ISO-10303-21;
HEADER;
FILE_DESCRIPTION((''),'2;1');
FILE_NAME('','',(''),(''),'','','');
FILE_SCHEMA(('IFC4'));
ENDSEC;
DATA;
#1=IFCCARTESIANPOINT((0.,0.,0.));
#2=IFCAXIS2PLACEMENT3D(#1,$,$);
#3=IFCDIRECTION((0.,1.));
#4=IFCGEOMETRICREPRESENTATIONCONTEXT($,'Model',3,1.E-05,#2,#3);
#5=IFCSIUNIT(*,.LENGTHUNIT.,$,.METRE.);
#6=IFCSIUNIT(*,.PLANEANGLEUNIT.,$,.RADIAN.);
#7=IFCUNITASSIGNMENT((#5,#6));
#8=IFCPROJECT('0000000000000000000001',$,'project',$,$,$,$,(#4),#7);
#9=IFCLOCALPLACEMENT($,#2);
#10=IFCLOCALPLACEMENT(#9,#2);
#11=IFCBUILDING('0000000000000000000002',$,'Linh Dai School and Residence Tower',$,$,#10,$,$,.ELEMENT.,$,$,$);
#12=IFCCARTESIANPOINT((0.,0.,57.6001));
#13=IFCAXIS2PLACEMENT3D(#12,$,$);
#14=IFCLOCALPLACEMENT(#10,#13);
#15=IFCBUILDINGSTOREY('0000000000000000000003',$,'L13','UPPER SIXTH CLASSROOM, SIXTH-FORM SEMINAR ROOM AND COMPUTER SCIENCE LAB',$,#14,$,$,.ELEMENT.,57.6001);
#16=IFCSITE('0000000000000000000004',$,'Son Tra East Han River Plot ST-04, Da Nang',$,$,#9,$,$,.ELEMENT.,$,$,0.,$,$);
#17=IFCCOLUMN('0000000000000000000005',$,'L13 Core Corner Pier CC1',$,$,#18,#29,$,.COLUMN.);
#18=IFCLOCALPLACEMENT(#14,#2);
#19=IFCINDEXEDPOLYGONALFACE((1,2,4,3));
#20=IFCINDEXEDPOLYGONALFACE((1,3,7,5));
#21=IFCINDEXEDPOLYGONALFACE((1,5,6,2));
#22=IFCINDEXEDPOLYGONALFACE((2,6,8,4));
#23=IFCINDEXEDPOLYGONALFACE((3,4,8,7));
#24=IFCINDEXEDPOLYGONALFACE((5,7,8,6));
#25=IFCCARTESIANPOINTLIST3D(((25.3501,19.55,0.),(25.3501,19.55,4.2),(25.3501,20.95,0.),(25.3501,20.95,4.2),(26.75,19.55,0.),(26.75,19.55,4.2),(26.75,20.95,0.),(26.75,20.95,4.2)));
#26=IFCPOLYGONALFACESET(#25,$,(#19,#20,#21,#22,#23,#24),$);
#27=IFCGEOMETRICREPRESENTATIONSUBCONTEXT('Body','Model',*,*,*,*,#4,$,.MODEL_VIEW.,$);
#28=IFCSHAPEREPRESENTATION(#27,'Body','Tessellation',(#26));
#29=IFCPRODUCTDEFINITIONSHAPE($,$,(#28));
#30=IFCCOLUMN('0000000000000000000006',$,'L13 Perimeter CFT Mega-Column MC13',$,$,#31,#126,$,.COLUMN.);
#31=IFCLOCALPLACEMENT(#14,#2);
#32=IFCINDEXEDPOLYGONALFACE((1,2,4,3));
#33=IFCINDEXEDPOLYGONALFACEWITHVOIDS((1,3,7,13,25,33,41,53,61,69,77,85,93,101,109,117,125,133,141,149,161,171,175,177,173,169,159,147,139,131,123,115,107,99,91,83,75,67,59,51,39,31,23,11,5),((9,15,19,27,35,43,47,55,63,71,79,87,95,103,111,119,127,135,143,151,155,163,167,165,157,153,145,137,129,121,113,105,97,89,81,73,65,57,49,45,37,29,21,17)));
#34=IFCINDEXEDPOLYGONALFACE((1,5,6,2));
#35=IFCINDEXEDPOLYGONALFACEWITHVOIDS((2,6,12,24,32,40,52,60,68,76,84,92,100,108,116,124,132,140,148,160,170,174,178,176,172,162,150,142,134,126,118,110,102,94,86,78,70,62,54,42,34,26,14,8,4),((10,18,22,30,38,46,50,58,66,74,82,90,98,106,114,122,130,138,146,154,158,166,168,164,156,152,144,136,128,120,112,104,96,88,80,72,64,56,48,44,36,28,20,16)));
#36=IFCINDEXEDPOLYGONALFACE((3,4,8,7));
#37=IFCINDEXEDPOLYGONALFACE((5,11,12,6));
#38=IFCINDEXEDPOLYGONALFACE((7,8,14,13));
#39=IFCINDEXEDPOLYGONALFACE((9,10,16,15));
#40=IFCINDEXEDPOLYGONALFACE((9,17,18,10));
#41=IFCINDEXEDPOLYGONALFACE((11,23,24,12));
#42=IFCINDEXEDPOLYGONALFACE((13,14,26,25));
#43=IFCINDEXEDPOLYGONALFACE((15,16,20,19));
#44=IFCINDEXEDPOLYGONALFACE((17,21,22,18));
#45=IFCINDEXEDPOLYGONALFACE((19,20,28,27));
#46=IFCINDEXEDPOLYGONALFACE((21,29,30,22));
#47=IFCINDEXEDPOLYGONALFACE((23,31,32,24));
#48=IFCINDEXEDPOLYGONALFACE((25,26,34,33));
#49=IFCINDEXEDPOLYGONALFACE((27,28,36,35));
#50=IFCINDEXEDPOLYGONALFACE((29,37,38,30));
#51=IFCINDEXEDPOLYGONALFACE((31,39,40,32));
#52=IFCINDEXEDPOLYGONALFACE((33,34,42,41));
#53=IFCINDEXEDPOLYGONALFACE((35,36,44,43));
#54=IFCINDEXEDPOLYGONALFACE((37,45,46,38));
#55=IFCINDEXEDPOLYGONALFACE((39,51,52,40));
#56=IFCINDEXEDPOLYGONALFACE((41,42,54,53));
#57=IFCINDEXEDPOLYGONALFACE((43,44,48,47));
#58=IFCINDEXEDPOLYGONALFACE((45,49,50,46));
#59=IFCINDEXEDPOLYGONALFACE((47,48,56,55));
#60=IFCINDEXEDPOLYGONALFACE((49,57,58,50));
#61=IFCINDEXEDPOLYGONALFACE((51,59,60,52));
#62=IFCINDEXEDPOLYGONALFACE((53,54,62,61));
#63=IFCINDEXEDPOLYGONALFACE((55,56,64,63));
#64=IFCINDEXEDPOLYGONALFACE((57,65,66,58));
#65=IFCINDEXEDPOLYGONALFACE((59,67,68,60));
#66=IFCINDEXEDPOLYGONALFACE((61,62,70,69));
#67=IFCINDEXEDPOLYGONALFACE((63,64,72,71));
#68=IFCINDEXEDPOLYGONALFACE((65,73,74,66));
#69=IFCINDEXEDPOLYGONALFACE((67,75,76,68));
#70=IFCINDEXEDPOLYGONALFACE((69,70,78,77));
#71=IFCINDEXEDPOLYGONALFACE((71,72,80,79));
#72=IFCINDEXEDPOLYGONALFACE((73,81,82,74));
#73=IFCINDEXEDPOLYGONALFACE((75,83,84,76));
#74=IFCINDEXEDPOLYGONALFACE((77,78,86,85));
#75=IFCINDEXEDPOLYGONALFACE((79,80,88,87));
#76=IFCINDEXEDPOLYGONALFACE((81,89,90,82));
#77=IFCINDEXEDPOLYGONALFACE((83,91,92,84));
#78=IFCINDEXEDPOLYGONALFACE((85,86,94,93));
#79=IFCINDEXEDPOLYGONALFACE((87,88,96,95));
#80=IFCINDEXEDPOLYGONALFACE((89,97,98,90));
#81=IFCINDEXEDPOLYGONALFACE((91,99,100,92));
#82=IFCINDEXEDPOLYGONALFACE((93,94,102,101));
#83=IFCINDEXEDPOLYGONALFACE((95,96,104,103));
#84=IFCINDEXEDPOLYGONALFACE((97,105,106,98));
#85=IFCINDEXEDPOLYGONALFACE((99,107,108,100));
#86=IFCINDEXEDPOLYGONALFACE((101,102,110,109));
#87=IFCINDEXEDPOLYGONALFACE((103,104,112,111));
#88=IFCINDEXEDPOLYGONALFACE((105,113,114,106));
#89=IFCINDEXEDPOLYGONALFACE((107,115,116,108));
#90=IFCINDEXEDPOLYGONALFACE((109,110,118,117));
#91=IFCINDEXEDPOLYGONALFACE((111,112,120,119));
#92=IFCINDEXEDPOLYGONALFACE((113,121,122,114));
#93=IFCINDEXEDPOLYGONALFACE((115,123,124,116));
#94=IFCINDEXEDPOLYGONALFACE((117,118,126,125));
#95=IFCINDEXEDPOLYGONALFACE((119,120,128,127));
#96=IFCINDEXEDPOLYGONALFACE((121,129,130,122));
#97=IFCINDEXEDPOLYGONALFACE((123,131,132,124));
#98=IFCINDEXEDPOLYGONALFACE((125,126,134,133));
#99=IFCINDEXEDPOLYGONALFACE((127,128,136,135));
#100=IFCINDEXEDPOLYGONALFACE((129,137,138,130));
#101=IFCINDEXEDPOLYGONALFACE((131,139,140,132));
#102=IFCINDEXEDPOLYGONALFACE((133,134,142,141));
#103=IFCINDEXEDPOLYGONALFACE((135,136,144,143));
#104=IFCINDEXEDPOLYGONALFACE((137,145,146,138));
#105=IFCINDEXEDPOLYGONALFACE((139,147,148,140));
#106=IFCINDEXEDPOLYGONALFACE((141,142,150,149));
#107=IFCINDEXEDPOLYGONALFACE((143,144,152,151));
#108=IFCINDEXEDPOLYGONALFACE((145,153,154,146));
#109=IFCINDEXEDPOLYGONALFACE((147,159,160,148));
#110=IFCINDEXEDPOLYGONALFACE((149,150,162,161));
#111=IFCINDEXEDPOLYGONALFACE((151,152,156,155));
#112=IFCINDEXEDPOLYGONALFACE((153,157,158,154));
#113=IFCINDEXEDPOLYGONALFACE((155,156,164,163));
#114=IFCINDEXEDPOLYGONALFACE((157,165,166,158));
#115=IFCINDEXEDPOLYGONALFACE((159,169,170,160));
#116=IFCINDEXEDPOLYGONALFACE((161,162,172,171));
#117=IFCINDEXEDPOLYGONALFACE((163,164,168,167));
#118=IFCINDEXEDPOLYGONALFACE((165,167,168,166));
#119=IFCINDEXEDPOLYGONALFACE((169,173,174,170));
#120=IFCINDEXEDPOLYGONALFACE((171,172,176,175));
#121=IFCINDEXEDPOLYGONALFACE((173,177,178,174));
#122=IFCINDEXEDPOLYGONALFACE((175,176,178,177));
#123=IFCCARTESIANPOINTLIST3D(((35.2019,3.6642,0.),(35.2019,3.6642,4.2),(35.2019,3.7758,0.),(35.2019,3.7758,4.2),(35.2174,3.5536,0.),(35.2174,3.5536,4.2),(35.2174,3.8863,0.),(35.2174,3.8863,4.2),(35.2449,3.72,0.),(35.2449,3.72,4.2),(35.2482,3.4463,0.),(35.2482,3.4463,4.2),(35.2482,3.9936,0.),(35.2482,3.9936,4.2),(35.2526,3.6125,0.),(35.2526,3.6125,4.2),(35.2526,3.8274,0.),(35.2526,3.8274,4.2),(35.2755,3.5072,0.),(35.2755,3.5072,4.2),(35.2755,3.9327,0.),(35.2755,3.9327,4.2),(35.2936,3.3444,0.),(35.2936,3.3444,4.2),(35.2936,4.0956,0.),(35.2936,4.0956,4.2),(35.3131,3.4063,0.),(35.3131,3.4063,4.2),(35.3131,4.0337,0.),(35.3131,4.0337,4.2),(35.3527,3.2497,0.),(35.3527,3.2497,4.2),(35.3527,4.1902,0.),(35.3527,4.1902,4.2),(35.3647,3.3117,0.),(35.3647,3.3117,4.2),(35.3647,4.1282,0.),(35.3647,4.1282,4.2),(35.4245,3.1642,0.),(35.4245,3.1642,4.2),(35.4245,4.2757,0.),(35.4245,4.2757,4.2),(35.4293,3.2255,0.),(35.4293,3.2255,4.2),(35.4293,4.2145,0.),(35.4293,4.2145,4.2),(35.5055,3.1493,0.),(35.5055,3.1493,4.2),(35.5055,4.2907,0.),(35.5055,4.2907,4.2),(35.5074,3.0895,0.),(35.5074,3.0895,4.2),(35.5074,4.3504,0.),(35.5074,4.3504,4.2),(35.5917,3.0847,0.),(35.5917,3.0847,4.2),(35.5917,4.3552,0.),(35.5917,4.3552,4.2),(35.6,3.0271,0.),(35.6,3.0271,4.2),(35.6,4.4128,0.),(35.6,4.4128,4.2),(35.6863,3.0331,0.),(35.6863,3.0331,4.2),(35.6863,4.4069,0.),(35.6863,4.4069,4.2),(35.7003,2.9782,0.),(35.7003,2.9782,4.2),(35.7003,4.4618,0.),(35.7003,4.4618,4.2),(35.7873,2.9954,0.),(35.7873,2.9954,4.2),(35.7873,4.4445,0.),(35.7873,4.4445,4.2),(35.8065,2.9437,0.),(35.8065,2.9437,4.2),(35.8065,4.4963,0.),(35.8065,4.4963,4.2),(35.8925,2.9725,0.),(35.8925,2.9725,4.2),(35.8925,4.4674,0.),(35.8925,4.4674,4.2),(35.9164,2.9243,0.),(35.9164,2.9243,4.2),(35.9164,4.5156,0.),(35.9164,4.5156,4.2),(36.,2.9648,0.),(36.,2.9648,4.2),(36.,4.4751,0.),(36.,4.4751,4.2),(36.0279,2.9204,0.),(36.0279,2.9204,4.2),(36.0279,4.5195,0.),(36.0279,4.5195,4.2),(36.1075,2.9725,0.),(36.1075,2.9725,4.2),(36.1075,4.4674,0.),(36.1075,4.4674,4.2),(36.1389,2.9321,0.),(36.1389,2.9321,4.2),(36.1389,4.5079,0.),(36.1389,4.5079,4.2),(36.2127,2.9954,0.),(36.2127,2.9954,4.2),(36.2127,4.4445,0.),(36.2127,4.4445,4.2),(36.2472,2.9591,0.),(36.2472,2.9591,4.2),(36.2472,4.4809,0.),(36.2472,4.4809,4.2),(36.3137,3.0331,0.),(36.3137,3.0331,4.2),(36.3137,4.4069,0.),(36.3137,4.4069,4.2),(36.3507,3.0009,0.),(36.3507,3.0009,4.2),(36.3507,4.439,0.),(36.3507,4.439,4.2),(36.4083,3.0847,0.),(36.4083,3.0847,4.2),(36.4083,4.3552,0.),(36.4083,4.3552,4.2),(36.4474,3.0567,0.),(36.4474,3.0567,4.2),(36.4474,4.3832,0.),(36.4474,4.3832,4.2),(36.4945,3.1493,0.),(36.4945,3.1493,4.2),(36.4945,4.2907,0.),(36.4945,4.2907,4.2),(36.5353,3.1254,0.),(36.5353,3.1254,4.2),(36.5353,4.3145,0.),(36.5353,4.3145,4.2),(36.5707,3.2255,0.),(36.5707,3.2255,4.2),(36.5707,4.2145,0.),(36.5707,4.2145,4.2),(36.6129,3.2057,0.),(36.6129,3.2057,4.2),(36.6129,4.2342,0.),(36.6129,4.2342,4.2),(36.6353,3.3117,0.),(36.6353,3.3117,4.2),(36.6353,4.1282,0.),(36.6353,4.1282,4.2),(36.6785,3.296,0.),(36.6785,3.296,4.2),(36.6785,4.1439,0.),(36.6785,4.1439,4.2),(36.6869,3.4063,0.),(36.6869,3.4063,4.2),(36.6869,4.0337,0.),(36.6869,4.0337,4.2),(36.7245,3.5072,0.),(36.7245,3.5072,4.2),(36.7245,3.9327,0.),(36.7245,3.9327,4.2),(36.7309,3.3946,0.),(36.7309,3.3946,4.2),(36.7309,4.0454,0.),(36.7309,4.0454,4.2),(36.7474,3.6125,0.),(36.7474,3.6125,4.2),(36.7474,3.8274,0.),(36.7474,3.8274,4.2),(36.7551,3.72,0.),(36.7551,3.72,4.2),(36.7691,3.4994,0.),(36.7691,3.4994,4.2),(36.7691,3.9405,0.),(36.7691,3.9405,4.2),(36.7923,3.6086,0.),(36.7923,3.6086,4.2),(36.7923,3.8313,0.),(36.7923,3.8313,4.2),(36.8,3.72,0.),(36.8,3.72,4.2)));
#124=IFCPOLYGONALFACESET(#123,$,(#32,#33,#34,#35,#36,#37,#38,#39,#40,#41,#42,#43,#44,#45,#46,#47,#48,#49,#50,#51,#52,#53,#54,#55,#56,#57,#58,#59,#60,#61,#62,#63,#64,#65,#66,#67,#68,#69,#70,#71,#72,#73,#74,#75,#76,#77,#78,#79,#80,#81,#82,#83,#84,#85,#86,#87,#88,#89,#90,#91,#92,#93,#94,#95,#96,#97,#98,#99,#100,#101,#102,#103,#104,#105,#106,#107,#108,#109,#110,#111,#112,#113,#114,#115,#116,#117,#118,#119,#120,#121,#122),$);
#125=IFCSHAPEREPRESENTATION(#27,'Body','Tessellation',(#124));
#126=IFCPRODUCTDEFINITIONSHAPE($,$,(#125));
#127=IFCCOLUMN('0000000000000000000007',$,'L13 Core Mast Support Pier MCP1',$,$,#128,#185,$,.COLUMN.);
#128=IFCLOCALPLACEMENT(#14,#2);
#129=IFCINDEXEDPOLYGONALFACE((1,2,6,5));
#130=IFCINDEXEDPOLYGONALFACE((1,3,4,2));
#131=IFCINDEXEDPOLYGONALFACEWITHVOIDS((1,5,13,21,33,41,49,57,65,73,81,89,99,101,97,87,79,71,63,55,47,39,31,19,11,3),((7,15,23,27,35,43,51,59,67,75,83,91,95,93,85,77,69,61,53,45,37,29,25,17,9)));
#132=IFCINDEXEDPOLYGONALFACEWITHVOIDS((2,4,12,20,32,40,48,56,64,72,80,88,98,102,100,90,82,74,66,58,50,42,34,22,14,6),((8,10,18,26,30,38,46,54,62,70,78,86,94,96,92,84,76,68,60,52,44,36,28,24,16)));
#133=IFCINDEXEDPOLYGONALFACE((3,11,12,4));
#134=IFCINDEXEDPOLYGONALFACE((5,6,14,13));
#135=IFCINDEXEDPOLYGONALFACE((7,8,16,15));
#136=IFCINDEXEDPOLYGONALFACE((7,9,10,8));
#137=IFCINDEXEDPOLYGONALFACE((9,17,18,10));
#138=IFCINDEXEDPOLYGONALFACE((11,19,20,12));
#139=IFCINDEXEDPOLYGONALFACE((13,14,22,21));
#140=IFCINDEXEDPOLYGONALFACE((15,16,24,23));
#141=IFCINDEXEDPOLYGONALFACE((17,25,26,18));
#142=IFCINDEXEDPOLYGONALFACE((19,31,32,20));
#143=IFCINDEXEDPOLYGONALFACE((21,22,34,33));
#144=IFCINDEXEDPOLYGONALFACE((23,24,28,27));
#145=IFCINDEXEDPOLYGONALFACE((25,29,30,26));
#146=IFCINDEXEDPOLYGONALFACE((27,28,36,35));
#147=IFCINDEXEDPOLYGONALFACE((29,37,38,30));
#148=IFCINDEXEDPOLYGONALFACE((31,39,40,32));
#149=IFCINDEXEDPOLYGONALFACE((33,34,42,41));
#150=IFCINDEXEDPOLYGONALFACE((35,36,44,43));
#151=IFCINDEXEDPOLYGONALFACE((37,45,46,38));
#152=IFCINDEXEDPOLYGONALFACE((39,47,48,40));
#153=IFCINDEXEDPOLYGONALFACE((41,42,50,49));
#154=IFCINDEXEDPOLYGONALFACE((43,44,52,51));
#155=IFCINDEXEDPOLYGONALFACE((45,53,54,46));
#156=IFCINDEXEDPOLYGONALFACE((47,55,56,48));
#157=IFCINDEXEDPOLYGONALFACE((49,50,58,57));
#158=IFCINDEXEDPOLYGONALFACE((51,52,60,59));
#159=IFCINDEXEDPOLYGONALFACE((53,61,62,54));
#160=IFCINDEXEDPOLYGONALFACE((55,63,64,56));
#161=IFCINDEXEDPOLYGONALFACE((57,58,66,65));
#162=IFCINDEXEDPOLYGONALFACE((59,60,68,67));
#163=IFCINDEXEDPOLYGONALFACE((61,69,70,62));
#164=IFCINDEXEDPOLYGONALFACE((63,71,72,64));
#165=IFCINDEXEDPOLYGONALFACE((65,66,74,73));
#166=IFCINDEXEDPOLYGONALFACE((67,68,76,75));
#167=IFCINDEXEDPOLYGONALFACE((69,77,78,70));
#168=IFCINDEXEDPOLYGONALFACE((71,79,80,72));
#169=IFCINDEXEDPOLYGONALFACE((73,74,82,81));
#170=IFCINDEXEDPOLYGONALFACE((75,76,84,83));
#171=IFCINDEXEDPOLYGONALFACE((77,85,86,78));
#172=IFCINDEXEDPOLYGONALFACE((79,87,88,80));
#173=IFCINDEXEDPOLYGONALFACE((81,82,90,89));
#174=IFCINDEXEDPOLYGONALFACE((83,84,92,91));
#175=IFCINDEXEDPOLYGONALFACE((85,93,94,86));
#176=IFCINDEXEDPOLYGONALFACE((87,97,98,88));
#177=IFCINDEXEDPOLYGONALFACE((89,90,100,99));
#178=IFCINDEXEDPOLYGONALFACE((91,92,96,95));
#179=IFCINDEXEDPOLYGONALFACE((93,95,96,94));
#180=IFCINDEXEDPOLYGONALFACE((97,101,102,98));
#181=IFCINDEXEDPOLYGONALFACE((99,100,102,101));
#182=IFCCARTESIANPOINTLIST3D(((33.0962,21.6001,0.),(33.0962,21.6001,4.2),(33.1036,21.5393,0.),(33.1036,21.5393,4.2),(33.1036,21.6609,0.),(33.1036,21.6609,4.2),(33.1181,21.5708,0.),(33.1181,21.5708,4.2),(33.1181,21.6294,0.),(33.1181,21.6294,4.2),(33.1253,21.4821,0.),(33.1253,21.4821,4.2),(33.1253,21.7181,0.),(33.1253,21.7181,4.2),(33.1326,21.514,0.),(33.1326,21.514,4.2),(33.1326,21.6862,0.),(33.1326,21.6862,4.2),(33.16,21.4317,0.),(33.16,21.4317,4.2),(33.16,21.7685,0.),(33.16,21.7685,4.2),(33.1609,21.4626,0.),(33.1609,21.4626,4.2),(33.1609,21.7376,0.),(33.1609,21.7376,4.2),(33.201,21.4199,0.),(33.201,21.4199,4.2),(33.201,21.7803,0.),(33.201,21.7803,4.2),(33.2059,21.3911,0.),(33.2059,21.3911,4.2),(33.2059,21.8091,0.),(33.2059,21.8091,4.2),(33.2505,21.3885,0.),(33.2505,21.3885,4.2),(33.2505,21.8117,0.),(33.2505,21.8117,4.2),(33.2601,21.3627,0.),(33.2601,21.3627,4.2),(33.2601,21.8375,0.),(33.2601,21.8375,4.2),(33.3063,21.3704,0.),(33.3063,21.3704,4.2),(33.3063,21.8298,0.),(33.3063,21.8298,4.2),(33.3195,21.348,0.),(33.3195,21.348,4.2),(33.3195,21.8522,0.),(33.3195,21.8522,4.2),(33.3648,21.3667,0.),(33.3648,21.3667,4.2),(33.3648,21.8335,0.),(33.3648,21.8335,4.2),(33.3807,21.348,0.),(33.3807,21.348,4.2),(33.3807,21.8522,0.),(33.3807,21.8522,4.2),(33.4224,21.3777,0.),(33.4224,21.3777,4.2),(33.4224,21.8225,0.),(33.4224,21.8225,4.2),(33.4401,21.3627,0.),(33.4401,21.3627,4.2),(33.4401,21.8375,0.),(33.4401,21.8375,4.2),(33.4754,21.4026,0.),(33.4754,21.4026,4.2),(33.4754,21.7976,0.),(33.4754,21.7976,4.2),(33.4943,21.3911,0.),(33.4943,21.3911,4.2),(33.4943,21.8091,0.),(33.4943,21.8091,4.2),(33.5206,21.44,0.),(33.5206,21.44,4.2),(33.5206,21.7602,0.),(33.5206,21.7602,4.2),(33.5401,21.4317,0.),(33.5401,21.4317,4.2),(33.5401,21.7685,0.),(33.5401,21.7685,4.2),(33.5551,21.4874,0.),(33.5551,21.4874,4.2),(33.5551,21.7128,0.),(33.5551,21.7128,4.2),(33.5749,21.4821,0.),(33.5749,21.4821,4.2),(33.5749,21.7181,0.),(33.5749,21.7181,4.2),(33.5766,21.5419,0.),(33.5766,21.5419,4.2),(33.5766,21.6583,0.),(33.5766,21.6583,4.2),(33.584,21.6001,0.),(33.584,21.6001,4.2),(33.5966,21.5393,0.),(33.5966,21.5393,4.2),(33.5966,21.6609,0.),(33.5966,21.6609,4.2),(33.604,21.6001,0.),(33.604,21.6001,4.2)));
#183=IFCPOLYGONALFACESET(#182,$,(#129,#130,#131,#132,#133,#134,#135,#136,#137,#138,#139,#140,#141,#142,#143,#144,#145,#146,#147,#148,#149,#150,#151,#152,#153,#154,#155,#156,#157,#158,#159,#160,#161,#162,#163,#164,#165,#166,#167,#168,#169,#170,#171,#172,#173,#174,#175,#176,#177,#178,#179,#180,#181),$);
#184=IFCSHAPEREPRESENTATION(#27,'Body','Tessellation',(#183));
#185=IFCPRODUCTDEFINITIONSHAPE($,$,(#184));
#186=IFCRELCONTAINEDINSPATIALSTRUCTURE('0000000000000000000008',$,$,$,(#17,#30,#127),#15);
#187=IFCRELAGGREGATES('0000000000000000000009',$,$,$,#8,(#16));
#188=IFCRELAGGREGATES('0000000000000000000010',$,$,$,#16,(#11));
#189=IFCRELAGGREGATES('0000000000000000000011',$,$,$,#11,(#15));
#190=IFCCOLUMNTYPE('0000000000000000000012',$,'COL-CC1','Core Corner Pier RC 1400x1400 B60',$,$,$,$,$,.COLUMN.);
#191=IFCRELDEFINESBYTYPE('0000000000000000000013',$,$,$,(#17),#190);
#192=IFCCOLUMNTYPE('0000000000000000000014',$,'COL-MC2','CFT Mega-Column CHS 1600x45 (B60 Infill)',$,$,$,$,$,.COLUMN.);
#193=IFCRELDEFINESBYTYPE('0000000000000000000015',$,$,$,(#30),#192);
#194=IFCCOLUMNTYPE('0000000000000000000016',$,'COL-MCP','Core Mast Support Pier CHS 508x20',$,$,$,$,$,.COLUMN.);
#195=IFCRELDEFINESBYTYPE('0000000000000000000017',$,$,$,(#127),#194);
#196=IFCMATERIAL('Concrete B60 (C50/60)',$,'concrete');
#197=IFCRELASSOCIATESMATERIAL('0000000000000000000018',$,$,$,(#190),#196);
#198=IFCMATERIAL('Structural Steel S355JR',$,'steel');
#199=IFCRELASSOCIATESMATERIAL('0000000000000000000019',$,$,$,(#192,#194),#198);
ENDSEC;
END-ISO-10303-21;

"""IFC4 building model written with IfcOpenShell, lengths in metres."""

from ifc_helpers import new_model, si_unit, direction, frame, origin, origin_2d, place, context, subcontext, project, spatial, rectangle, hollow_circle, extrude, material, material_profile, profile_set, type_object, element, save


model = new_model("IFC4")

# Units and contexts
model_context = context("Model", 3, precision=1e-05, world=origin(), true_north=direction((0.0, 1.0)))
body_context = subcontext(model_context, "Body", "Model", "MODEL_VIEW")
ifc_project = project(units=[si_unit("LENGTHUNIT", "METRE"), si_unit("PLANEANGLEUNIT", "RADIAN")], contexts=[model_context])

# Site, building, storey
site_placement = place(None, origin())
site = spatial("IfcSite", under=ifc_project, at=site_placement, Name="Son Tra East Han River Plot ST-04, Da Nang", CompositionType="ELEMENT", RefElevation=0.0)
building_placement = place(site_placement, origin())
building = spatial("IfcBuilding", under=site, at=building_placement, Name="Linh Dai School and Residence Tower", CompositionType="ELEMENT")
storey_placement = place(building_placement, frame((0.0, 0.0, 57.6001)))
storey = spatial("IfcBuildingStorey", under=building, at=storey_placement, Name="L13", Description="UPPER SIXTH CLASSROOM, SIXTH-FORM SEMINAR ROOM AND COMPUTER SCIENCE LAB", CompositionType="ELEMENT", Elevation=57.6001)

# Columns
ifc_material_1 = material(Name="Concrete B60 (C50/60)", Category="concrete")
ifc_material_profile_1 = material_profile(ifc_material_1, rectangle(XDim=1.3999, YDim=1.3999, at=origin_2d()), Name="RC 1400x1400")
ifc_profile_set_1 = profile_set([ifc_material_profile_1], Name="Concrete B60 (C50/60)")
column_type_1 = type_object("IfcColumnType", Name="COL-CC1", Description="Core Corner Pier RC 1400x1400 B60", PredefinedType="COLUMN", material=ifc_profile_set_1)
column_1_placement = place(storey_placement, frame((26.05, 20.25, 0.0), z_axis=(0.0, 0.0, 1.0), x_axis=(1.0, 0.0, 0.0)))
element("IfcColumn", 1, at=column_1_placement, inside=storey, type_object=column_type_1, Name="L13 Core Corner Pier CC1", PredefinedType="COLUMN", context=body_context, shape_type="SweptSolid", body=[
    extrude(rectangle(XDim=1.3999, YDim=1.3999, at=origin_2d()), origin(), (0.0, 0.0, 1.0), 4.2),
])
ifc_material_2 = material(Name="Structural Steel S355JR", Category="steel")
ifc_material_profile_2 = material_profile(ifc_material_2, hollow_circle(Radius=0.8, WallThickness=0.0449, at=origin_2d()), Name="CHS 1600x45")
ifc_profile_set_2 = profile_set([ifc_material_profile_2], Name="Structural Steel S355JR")
column_type_2 = type_object("IfcColumnType", Name="COL-MC2", Description="CFT Mega-Column CHS 1600x45 (B60 Infill)", PredefinedType="COLUMN", material=ifc_profile_set_2)
column_2_placement = place(storey_placement, frame((36.0, 3.72, 0.0), z_axis=(0.0, 0.0, 1.0), x_axis=(1.0, 0.0, 0.0)))
element("IfcColumn", 2, at=column_2_placement, inside=storey, type_object=column_type_2, Name="L13 Perimeter CFT Mega-Column MC13", PredefinedType="COLUMN", context=body_context, shape_type="SweptSolid", body=[
    extrude(hollow_circle(Radius=0.8, WallThickness=0.0449, at=origin_2d()), origin(), (0.0, 0.0, 1.0), 4.2),
])
ifc_material_profile_3 = material_profile(ifc_material_2, hollow_circle(Radius=0.2539, WallThickness=0.02, at=origin_2d()), Name="CHS 508x20")
ifc_profile_set_3 = profile_set([ifc_material_profile_3], Name="Structural Steel S355JR")
column_type_3 = type_object("IfcColumnType", Name="COL-MCP", Description="Core Mast Support Pier CHS 508x20", PredefinedType="COLUMN", material=ifc_profile_set_3)
column_3_placement = place(storey_placement, frame((33.3501, 21.6001, 0.0), z_axis=(0.0, 0.0, 1.0), x_axis=(1.0, 0.0, 0.0)))
element("IfcColumn", 3, at=column_3_placement, inside=storey, type_object=column_type_3, Name="L13 Core Mast Support Pier MCP1", PredefinedType="COLUMN", context=body_context, shape_type="SweptSolid", body=[
    extrude(hollow_circle(Radius=0.2539, WallThickness=0.02, at=origin_2d()), origin(), (0.0, 0.0, 1.0), 4.2),
])

save(model, "model.ifc")
